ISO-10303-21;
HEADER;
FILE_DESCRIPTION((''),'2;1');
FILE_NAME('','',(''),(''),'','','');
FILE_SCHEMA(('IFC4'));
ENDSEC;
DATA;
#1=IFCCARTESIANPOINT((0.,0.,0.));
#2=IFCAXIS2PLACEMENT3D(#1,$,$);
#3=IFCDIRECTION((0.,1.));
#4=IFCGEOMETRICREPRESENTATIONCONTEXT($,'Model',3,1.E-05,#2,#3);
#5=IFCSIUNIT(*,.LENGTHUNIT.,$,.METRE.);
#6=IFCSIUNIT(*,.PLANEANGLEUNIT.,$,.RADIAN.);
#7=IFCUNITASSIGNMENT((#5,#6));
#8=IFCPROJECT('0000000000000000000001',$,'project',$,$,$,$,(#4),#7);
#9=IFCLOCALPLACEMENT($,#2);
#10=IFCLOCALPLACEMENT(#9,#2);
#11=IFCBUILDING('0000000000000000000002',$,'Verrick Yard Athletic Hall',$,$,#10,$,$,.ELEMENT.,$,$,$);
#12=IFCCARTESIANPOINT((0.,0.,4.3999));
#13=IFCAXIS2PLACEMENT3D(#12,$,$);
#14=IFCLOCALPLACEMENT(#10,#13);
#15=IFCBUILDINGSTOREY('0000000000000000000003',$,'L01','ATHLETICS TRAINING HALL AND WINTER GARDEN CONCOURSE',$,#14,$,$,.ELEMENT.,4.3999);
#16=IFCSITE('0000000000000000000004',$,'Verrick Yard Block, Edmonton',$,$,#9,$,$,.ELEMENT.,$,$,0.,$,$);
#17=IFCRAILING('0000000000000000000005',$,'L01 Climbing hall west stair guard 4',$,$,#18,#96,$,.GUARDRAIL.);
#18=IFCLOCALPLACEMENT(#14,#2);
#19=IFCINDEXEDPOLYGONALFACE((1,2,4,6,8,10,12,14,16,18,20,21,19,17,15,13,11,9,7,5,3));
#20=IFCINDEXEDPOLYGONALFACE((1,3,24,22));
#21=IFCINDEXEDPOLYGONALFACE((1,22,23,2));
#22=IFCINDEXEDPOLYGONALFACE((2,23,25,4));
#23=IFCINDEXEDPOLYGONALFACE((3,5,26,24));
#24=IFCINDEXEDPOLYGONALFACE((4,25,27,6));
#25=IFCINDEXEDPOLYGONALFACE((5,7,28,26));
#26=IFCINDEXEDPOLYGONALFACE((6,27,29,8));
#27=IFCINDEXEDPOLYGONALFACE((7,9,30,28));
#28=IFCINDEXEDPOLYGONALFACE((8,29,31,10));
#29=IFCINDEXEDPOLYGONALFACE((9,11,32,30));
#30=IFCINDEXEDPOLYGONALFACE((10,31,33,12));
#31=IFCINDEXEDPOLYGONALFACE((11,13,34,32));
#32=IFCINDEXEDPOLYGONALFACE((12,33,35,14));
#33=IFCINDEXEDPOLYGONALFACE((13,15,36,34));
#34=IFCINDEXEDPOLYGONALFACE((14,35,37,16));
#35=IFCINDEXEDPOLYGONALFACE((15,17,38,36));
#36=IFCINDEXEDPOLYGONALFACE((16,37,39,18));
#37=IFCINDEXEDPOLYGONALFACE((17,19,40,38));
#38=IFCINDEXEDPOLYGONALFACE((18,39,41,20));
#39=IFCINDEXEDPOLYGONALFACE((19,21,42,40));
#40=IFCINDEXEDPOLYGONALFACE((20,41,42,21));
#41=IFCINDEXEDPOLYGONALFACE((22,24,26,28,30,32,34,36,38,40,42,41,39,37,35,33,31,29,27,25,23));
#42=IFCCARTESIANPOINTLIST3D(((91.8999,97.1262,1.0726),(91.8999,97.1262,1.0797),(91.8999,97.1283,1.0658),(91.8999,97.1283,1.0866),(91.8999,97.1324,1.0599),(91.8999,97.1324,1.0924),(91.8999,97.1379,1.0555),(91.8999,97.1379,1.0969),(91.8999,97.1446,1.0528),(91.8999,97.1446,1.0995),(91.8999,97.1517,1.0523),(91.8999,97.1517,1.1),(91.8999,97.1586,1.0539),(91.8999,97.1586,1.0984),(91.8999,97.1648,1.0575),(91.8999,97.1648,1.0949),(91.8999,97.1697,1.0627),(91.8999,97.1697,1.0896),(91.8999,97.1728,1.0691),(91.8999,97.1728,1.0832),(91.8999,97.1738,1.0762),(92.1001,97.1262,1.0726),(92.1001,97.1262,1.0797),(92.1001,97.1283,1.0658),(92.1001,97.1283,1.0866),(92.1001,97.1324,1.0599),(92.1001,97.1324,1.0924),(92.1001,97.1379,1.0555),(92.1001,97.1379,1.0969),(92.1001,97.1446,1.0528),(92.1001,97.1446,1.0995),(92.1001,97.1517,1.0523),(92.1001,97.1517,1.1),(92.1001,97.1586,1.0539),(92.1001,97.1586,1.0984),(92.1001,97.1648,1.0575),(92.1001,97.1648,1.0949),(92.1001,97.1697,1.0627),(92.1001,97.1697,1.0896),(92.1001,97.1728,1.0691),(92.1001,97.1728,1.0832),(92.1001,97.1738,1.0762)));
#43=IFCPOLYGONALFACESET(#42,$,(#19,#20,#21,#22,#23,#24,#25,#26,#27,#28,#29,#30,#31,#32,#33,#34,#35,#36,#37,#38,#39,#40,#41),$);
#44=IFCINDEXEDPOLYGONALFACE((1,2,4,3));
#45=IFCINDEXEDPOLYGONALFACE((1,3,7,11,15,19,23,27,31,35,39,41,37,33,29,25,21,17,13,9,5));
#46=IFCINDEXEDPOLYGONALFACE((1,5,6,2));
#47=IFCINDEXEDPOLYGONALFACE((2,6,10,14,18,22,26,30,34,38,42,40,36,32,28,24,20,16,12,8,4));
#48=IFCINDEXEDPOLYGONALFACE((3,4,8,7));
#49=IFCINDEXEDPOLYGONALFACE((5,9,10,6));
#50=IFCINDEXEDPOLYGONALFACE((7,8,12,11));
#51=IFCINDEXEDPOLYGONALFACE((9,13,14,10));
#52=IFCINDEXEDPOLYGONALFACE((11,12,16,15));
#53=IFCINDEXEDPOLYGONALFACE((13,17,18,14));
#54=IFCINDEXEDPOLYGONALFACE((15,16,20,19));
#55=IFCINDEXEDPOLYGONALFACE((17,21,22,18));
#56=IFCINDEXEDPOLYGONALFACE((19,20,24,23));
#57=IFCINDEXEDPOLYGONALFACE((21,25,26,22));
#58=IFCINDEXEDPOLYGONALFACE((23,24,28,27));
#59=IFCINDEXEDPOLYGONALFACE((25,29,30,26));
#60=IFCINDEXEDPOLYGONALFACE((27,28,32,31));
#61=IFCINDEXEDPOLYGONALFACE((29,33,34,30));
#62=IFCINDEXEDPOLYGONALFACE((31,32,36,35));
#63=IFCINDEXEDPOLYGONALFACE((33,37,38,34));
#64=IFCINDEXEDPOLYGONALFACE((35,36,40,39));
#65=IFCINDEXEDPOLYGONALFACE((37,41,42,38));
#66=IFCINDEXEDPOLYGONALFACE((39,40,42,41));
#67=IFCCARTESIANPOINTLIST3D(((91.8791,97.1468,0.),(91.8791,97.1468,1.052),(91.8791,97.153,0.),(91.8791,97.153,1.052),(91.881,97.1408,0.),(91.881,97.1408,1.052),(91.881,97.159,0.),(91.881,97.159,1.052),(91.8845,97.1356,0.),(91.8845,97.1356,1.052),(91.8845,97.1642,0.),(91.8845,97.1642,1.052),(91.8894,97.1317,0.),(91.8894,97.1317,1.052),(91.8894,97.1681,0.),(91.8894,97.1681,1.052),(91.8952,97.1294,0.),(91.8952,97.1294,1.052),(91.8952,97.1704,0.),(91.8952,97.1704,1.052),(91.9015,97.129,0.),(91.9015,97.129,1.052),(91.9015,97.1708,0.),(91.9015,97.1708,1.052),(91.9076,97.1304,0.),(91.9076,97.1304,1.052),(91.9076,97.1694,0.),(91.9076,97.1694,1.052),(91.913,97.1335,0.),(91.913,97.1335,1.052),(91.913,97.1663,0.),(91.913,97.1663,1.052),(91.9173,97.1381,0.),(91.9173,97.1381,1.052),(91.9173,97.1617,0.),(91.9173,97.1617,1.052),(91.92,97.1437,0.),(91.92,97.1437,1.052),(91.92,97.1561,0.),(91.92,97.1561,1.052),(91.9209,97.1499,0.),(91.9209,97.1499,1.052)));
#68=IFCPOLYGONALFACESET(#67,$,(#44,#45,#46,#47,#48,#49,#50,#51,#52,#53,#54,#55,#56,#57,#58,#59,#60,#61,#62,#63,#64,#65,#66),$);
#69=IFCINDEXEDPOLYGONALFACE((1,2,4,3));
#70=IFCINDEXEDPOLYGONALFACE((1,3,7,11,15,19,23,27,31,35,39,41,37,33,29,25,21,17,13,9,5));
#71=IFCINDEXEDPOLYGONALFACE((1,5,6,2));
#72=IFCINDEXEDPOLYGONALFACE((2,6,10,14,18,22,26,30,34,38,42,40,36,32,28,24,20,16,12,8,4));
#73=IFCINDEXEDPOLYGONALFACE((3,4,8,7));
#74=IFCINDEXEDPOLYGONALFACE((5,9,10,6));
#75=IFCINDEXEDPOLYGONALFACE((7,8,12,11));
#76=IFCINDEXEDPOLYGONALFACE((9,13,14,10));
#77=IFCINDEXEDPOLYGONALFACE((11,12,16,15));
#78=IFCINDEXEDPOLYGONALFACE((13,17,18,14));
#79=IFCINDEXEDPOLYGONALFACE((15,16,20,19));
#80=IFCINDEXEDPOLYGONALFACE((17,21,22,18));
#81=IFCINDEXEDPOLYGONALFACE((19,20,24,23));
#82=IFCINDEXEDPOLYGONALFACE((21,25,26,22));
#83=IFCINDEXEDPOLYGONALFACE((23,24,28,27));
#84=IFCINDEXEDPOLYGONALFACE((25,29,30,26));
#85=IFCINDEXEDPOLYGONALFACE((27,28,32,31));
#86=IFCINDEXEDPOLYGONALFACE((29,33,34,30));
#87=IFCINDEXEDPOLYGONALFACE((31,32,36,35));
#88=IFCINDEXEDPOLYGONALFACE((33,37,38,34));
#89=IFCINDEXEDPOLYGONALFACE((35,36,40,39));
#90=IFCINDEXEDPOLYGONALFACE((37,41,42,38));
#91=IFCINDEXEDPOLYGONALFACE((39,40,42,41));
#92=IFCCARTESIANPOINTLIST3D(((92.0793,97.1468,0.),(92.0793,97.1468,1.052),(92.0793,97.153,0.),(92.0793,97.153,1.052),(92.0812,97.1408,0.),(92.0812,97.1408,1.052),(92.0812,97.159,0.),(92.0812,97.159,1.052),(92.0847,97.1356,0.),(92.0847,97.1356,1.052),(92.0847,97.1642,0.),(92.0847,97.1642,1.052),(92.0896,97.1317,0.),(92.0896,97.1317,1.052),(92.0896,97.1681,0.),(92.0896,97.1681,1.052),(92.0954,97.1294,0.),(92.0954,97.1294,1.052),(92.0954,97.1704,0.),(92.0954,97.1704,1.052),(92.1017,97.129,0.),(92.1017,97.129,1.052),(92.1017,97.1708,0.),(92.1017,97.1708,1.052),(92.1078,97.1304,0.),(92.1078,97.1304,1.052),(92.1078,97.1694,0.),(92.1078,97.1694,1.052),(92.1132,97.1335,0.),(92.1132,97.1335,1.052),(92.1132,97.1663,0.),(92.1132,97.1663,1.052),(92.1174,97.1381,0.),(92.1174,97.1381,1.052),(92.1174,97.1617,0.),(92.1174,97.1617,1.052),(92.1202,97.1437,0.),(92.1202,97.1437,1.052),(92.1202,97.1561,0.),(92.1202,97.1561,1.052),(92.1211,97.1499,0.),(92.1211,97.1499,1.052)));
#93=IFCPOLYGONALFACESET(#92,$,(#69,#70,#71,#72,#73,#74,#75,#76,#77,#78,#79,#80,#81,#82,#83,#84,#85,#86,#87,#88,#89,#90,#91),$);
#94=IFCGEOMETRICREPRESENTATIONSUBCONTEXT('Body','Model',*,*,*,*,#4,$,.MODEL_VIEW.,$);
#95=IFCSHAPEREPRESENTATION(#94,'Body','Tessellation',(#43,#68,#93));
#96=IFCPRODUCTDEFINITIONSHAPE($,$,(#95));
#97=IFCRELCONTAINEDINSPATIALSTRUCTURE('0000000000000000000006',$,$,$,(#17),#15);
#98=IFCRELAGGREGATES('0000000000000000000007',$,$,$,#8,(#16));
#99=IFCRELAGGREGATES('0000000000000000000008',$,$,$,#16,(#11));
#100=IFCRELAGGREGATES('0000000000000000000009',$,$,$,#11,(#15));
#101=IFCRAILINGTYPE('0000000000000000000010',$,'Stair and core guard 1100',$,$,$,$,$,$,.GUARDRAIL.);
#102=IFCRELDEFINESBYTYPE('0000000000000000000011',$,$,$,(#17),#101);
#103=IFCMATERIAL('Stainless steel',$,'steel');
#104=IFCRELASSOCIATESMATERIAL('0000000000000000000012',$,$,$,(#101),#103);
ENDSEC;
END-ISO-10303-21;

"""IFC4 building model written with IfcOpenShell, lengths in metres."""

from ifc_helpers import new_model, si_unit, direction, frame, origin, origin_2d, place, context, subcontext, project, spatial, circle, extrude, material, type_object, element, save


model = new_model("IFC4")

# Units and contexts
model_context = context("Model", 3, precision=1e-05, world=origin(), true_north=direction((0.0, 1.0)))
body_context = subcontext(model_context, "Body", "Model", "MODEL_VIEW")
ifc_project = project(units=[si_unit("LENGTHUNIT", "METRE"), si_unit("PLANEANGLEUNIT", "RADIAN")], contexts=[model_context])

# Site, building, storey
site_placement = place(None, origin())
site = spatial("IfcSite", under=ifc_project, at=site_placement, Name="Verrick Yard Block, Edmonton", CompositionType="ELEMENT", RefElevation=0.0)
building_placement = place(site_placement, origin())
building = spatial("IfcBuilding", under=site, at=building_placement, Name="Verrick Yard Athletic Hall", CompositionType="ELEMENT")
storey_placement = place(building_placement, frame((0.0, 0.0, 4.3999)))
storey = spatial("IfcBuildingStorey", under=building, at=storey_placement, Name="L01", Description="ATHLETICS TRAINING HALL AND WINTER GARDEN CONCOURSE", CompositionType="ELEMENT", Elevation=4.3999)

# Railing
ifc_material_1 = material(Name="Stainless steel", Category="steel")
railing_type_1 = type_object("IfcRailingType", Name="Stair and core guard 1100", PredefinedType="GUARDRAIL", material=ifc_material_1)
railing_1_placement = place(storey_placement, frame((91.8999, 97.1499, 0.0)))
element("IfcRailing", 1, at=railing_1_placement, inside=storey, type_object=railing_type_1, Name="L01 Climbing hall west stair guard 4", PredefinedType="GUARDRAIL", context=body_context, shape_type="SweptSolid", body=[
    extrude(circle(Radius=0.0239, at=origin_2d()), frame((0.0, 0.0, 1.0762), z_axis=(1.0, 0.0, 0.0), x_axis=(0.0, 1.0, 0.0)), (0.0, 0.0, 1.0), 0.2002),
    extrude(circle(Radius=0.021, at=origin_2d()), origin(), (0.0, 0.0, 1.0), 1.052),
    extrude(circle(Radius=0.021, at=origin_2d()), frame((0.2002, 0.0, 0.0)), (0.0, 0.0, 1.0), 1.052),
])

save(model, "model.ifc")
